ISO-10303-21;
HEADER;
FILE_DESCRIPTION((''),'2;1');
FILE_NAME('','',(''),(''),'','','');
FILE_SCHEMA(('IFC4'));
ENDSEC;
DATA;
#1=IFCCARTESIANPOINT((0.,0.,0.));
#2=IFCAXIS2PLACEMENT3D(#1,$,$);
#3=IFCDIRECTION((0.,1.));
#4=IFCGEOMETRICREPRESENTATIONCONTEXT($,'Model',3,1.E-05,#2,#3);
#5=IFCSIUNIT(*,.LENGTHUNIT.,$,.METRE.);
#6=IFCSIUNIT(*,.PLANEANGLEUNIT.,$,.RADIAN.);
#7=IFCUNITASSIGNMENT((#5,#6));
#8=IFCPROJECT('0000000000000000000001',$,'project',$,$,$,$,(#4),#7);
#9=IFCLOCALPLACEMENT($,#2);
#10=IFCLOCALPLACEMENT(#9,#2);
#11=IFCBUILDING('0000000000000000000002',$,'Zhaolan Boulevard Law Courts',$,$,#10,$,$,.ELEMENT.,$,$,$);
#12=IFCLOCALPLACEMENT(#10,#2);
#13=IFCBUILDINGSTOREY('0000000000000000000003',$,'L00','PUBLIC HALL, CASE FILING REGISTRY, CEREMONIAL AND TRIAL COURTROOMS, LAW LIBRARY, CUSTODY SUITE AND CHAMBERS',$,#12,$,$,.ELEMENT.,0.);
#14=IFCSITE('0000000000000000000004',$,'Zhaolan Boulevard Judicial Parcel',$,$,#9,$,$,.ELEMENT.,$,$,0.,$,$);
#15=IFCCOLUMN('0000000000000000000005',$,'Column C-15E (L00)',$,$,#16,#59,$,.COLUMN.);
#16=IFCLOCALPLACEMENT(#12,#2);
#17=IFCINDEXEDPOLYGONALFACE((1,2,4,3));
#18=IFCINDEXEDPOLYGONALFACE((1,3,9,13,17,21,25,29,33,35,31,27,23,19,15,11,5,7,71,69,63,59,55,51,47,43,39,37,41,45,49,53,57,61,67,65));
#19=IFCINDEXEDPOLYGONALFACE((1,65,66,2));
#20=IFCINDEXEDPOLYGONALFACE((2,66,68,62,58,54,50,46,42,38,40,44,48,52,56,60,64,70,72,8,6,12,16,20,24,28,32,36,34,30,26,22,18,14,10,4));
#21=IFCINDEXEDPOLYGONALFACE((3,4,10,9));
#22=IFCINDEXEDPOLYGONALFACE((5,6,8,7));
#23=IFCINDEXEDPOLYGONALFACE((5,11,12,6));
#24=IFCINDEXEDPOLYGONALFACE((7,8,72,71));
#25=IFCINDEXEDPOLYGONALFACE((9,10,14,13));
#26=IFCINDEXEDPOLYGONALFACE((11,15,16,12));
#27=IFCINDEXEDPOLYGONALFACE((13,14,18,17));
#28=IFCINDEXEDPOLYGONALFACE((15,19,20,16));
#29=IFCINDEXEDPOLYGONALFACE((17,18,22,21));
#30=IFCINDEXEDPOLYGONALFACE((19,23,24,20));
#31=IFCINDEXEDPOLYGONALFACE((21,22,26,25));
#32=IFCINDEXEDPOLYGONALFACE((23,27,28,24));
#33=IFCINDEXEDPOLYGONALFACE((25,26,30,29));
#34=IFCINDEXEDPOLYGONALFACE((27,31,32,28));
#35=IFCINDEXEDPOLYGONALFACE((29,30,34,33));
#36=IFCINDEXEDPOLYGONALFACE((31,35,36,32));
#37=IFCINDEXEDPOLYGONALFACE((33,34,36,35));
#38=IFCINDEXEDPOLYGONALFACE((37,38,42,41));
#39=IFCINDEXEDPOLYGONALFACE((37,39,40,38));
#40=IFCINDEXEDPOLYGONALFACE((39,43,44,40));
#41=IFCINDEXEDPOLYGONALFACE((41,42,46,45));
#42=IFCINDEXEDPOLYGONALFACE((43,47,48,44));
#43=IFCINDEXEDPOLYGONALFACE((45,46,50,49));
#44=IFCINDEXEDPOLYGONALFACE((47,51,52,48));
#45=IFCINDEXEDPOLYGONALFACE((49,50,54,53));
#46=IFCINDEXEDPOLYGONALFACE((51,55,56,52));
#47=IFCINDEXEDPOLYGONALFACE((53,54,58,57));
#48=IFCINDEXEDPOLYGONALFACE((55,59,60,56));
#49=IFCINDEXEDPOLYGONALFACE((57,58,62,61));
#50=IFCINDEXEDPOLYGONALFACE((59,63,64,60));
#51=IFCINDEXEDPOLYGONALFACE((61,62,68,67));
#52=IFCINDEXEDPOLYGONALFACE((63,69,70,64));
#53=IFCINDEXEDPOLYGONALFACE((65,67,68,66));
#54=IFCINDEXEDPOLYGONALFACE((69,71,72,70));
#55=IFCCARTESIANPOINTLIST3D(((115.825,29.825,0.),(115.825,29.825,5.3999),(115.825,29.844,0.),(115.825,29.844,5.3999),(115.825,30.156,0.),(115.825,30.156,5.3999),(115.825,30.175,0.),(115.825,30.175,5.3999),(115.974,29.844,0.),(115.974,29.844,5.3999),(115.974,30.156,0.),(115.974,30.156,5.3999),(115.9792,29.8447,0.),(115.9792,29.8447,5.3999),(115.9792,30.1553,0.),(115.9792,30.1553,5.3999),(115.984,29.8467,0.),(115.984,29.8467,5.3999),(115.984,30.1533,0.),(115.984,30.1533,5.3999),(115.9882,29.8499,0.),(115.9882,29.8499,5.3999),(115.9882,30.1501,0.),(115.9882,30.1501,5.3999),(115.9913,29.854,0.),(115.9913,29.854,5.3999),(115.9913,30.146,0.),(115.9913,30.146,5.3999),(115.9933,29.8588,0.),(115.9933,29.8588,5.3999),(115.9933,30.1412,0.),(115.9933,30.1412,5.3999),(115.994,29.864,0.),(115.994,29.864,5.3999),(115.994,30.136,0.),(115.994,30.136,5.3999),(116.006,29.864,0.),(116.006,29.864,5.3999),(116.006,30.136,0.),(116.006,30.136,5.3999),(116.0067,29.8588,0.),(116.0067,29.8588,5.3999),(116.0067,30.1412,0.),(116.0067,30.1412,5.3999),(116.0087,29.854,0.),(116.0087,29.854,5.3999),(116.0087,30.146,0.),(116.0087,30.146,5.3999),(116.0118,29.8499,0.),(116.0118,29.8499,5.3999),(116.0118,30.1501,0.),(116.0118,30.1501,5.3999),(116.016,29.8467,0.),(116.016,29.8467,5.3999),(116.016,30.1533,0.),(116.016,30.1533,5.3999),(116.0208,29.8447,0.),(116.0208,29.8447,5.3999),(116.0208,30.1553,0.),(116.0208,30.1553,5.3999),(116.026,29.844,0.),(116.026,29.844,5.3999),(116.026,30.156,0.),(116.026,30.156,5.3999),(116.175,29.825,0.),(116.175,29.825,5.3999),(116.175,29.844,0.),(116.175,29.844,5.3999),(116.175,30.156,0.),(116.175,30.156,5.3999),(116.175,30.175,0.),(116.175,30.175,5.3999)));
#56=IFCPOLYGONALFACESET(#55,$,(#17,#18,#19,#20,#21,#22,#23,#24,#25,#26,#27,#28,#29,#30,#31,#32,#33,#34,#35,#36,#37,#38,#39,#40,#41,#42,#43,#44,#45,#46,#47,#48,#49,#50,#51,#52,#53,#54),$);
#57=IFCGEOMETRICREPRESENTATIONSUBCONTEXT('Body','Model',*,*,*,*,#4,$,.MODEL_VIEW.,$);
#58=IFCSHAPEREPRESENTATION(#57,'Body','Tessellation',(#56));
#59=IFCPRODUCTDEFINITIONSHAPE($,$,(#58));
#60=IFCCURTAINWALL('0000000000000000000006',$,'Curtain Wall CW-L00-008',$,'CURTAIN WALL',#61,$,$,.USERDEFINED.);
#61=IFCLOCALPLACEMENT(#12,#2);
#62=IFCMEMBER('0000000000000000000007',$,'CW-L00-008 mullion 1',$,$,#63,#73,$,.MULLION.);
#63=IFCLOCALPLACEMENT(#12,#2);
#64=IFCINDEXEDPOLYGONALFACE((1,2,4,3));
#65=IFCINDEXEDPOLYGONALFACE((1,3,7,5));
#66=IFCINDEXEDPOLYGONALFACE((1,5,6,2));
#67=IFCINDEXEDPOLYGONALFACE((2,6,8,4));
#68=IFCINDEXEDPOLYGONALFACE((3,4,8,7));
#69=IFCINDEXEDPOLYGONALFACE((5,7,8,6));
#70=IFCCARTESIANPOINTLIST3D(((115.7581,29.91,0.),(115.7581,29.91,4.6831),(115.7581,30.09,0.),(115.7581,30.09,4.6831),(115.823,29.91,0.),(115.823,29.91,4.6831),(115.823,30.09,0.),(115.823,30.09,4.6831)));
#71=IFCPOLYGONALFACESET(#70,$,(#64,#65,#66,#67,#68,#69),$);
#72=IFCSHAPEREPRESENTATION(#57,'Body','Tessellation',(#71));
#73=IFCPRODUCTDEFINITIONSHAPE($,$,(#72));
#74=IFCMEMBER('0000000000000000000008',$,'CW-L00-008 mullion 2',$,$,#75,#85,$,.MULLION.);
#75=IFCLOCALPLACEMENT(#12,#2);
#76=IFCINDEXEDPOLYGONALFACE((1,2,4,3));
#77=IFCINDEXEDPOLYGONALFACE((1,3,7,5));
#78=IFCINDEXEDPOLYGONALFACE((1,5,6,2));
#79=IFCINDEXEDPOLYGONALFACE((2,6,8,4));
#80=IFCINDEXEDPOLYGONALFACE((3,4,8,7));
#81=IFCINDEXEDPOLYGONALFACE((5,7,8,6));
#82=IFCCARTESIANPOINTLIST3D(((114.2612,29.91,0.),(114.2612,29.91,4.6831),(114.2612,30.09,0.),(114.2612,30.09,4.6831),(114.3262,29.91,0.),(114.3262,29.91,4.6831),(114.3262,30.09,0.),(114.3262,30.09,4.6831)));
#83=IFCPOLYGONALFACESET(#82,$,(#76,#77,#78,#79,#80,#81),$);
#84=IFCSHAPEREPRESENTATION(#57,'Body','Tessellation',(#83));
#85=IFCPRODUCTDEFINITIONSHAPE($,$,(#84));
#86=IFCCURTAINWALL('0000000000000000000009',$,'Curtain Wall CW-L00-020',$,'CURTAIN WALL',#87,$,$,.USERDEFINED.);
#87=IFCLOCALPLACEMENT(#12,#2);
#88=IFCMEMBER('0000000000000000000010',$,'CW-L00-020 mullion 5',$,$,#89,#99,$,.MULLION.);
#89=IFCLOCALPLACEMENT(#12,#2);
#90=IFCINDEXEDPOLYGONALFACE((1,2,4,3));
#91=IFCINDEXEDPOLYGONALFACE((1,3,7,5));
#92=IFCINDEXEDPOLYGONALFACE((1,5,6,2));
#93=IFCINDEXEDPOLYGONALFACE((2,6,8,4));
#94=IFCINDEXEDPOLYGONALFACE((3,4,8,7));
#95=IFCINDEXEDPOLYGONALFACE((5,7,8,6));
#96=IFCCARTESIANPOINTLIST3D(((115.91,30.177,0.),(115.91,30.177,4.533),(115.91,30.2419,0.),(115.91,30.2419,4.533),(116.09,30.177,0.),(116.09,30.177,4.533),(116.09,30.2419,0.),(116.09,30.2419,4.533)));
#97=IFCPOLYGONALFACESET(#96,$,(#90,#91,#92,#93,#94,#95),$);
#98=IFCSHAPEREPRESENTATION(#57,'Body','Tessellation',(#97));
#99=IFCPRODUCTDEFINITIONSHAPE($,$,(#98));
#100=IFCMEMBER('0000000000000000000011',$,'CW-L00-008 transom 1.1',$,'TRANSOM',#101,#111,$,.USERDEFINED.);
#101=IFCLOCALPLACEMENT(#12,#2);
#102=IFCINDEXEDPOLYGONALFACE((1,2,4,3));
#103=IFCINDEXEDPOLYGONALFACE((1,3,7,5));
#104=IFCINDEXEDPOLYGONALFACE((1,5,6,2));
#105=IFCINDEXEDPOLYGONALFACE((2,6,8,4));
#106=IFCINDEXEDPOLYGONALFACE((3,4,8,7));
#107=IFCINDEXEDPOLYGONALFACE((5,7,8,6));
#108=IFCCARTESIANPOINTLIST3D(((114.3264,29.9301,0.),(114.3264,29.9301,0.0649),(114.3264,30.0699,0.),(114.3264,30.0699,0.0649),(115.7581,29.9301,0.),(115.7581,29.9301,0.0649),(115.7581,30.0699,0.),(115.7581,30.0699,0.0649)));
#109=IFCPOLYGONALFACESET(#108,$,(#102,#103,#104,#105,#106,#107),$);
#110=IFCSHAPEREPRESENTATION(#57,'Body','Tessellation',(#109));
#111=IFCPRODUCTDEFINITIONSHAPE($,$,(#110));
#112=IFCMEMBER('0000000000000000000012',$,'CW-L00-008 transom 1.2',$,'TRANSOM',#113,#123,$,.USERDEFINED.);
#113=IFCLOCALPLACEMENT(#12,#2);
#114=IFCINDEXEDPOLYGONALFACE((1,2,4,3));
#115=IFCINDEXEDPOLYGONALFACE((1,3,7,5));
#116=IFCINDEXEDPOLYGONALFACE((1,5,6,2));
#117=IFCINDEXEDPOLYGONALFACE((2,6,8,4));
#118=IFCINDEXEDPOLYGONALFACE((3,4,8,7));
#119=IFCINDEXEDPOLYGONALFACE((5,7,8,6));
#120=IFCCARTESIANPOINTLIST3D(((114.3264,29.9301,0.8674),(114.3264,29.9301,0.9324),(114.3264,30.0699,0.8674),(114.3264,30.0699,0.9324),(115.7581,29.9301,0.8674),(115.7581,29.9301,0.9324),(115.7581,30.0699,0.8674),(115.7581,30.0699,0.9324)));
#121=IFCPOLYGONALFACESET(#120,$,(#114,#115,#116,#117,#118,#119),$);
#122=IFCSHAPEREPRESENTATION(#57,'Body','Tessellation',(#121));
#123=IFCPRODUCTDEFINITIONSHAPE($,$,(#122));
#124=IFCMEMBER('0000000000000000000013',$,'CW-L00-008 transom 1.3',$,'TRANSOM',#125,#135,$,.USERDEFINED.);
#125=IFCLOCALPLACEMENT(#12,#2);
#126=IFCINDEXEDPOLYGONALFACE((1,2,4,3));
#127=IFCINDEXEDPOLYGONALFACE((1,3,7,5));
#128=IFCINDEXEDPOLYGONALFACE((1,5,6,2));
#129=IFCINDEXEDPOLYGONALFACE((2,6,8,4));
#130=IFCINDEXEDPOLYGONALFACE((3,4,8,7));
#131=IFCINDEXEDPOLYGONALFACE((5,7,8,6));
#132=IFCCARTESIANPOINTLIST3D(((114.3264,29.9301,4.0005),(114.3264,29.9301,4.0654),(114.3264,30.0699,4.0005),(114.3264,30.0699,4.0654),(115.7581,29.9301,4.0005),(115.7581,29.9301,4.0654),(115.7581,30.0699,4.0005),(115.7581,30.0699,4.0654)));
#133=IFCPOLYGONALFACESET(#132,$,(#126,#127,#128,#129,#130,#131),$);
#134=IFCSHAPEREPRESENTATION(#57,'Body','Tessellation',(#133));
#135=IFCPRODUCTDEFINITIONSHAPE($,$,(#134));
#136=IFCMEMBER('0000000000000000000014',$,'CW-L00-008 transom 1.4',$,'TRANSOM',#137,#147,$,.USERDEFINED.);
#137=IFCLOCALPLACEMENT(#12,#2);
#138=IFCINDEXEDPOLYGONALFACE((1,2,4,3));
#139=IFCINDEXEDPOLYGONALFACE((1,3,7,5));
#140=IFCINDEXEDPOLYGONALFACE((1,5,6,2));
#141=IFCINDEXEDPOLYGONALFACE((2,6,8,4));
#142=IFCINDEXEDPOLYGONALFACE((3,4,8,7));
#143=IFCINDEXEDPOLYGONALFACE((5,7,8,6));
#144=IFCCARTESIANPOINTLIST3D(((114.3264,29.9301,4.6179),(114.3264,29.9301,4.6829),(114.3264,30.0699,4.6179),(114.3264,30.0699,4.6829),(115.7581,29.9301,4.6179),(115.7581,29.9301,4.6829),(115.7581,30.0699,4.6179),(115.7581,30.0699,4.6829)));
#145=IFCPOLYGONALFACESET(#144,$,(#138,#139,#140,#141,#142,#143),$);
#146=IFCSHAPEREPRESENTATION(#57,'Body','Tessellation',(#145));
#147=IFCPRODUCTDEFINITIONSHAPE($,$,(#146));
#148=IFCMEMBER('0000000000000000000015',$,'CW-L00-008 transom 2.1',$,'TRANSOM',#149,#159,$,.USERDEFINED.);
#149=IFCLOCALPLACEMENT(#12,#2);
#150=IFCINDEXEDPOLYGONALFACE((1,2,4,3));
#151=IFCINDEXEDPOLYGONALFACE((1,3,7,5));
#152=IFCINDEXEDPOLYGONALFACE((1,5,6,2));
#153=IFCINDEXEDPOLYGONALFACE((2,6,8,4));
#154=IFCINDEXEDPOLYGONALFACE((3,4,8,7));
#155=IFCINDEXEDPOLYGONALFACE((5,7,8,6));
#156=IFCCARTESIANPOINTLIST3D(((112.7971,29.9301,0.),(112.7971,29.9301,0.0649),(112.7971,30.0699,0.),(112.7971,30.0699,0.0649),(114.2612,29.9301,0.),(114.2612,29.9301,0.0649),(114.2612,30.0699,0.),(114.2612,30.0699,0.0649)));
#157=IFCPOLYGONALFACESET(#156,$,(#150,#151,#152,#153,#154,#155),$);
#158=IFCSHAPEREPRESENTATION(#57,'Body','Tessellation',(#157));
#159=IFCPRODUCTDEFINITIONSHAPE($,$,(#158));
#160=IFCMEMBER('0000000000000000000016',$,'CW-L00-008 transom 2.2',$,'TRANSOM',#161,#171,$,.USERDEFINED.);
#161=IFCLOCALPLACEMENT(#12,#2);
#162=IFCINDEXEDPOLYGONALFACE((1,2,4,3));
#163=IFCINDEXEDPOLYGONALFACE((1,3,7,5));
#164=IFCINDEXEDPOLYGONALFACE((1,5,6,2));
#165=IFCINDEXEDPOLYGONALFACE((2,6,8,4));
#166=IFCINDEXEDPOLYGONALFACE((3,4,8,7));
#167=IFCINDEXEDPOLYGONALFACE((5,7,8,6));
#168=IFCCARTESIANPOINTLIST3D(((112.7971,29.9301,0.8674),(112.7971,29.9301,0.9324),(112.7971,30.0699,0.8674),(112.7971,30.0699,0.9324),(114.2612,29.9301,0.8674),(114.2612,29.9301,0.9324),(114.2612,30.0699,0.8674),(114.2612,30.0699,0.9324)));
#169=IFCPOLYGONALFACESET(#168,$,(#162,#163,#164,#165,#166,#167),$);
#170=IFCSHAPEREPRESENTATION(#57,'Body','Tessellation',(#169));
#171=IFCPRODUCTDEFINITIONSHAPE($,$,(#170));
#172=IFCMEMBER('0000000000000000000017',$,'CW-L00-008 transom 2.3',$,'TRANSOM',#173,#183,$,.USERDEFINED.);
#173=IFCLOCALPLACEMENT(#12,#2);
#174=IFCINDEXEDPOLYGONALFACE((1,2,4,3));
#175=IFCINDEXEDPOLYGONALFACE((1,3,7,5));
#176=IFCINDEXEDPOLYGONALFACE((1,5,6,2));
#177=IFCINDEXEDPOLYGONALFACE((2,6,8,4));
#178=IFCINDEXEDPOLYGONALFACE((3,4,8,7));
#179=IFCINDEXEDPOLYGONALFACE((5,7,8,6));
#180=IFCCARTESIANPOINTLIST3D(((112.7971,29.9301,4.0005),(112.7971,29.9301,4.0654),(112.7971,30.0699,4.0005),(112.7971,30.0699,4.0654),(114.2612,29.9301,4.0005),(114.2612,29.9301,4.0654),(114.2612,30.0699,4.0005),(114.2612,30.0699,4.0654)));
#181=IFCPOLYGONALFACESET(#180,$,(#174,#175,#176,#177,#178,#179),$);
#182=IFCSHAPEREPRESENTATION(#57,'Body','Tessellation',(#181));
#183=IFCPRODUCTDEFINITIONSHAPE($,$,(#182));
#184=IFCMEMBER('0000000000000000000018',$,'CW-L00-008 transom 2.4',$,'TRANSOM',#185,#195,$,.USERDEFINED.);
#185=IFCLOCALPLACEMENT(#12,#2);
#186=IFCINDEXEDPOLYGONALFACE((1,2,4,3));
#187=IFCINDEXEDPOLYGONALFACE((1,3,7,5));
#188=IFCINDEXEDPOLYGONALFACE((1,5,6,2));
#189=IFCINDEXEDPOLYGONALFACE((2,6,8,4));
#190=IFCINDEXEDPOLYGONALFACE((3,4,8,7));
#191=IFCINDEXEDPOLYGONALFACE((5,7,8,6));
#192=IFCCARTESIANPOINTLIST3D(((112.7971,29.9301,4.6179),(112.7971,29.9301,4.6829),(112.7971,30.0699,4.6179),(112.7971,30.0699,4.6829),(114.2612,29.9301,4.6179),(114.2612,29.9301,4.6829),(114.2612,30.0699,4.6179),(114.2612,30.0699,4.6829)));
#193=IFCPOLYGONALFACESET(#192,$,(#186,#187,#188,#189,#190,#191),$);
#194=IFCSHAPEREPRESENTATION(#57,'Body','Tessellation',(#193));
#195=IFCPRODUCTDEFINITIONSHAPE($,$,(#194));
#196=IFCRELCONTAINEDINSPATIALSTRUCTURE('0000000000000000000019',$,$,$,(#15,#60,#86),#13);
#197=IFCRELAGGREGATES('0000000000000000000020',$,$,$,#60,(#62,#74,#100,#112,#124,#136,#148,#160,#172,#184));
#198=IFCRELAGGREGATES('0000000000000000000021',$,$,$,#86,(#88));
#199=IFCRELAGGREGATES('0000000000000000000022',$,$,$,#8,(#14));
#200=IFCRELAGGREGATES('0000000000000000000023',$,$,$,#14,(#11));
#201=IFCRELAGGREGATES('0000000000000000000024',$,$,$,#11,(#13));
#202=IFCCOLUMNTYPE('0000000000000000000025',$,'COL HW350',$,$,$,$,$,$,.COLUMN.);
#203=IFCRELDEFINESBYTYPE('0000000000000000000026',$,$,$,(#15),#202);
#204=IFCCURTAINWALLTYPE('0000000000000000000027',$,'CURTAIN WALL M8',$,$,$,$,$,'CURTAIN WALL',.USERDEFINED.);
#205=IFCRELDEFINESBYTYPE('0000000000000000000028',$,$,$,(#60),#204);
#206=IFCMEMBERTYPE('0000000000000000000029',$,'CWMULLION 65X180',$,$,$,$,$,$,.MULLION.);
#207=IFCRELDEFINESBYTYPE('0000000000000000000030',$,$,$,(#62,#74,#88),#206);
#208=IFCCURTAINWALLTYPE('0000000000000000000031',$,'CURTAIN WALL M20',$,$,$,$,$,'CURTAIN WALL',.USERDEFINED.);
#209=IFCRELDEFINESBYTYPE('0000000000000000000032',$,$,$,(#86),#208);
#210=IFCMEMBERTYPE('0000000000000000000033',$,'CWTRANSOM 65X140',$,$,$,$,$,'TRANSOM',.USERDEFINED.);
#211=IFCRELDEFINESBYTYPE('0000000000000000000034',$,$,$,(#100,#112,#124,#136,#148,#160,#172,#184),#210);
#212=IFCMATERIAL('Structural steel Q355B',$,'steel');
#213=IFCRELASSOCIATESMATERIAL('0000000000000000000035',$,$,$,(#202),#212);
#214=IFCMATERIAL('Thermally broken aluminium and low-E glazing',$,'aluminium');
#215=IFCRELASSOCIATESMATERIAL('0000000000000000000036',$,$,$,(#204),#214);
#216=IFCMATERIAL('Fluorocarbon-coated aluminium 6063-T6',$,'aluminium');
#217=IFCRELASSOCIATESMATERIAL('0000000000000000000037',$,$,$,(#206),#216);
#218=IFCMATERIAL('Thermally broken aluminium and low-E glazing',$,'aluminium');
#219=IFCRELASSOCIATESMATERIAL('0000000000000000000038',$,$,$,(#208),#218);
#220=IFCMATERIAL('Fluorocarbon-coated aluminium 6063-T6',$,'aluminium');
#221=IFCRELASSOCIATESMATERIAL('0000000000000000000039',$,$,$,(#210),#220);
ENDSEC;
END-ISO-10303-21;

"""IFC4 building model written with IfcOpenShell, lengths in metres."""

from ifc_helpers import new_model, si_unit, direction, frame, origin, origin_2d, place, context, subcontext, project, spatial, rectangle, i_section, extrude, material, material_profile, profile_set, type_object, element, aggregate, save


model = new_model("IFC4")

# Units and contexts
model_context = context("Model", 3, precision=1e-05, world=origin(), true_north=direction((0.0, 1.0)))
body_context = subcontext(model_context, "Body", "Model", "MODEL_VIEW")
ifc_project = project(units=[si_unit("LENGTHUNIT", "METRE"), si_unit("PLANEANGLEUNIT", "RADIAN")], contexts=[model_context])

# Site, building, storey
site_placement = place(None, origin())
site = spatial("IfcSite", under=ifc_project, at=site_placement, Name="Zhaolan Boulevard Judicial Parcel", CompositionType="ELEMENT", RefElevation=0.0)
building_placement = place(site_placement, origin())
building = spatial("IfcBuilding", under=site, at=building_placement, Name="Zhaolan Boulevard Law Courts", CompositionType="ELEMENT")
storey_placement = place(building_placement, origin())
storey = spatial("IfcBuildingStorey", under=building, at=storey_placement, Name="L00", Description="PUBLIC HALL, CASE FILING REGISTRY, CEREMONIAL AND TRIAL COURTROOMS, LAW LIBRARY, CUSTODY SUITE AND CHAMBERS", CompositionType="ELEMENT", Elevation=0.0)

# Column
ifc_material_1 = material(Name="Structural steel Q355B", Category="steel")
ifc_material_profile_1 = material_profile(ifc_material_1, i_section(OverallWidth=0.3501, OverallDepth=0.3501, WebThickness=0.012, FlangeThickness=0.019, FilletRadius=0.02, at=origin_2d()), Name="HW350x350")
ifc_profile_set_1 = profile_set([ifc_material_profile_1], Name="Structural steel Q355B")
column_type = type_object("IfcColumnType", Name="COL HW350", PredefinedType="COLUMN", material=ifc_profile_set_1)
column_placement = place(storey_placement, frame((116.0, 30.0, 0.0), z_axis=(0.0, 0.0, 1.0), x_axis=(1.0, 0.0, 0.0)))
element("IfcColumn", 1, at=column_placement, inside=storey, type_object=column_type, Name="Column C-15E (L00)", PredefinedType="COLUMN", context=body_context, shape_type="SweptSolid", body=[
    extrude(i_section(OverallWidth=0.3501, OverallDepth=0.3501, WebThickness=0.012, FlangeThickness=0.019, FilletRadius=0.02, at=origin_2d()), origin(), (0.0, 0.0, 1.0), 5.3999),
])

# Curtain wall, members
ifc_material_2 = material(Name="Thermally broken aluminium and low-E glazing", Category="aluminium")
curtain_wall_type_1 = type_object("IfcCurtainWallType", Name="CURTAIN WALL M8", ElementType="CURTAIN WALL", PredefinedType="USERDEFINED", material=ifc_material_2)
curtain_wall_1_placement = place(storey_placement, origin())
curtain_wall_1 = element("IfcCurtainWall", 2, at=curtain_wall_1_placement, inside=storey, type_object=curtain_wall_type_1, Name="Curtain Wall CW-L00-008", ObjectType="CURTAIN WALL", PredefinedType="USERDEFINED")
ifc_material_3 = material(Name="Fluorocarbon-coated aluminium 6063-T6", Category="aluminium")
ifc_material_profile_2 = material_profile(ifc_material_3, rectangle(XDim=0.1799, YDim=0.0649, at=origin_2d()), Name="AL65x180")
ifc_profile_set_2 = profile_set([ifc_material_profile_2], Name="Fluorocarbon-coated aluminium 6063-T6")
member_type_1 = type_object("IfcMemberType", Name="CWMULLION 65X180", PredefinedType="MULLION", material=ifc_profile_set_2)
member_1_placement = place(storey_placement, frame((115.7905, 30.0, 0.0), z_axis=(0.0, 0.0, 1.0), x_axis=(0.0, -1.0, 0.0)))
member_1 = element("IfcMember", 3, at=member_1_placement, type_object=member_type_1, Name="CW-L00-008 mullion 1", PredefinedType="MULLION", context=body_context, shape_type="SweptSolid", body=[
    extrude(rectangle(XDim=0.1799, YDim=0.0649, at=origin_2d()), origin(), (0.0, 0.0, 1.0), 4.6831),
])
member_2_placement = place(storey_placement, frame((114.2937, 30.0, 0.0), z_axis=(0.0, 0.0, 1.0), x_axis=(0.0, -1.0, 0.0)))
member_2 = element("IfcMember", 4, at=member_2_placement, type_object=member_type_1, Name="CW-L00-008 mullion 2", PredefinedType="MULLION", context=body_context, shape_type="SweptSolid", body=[
    extrude(rectangle(XDim=0.1799, YDim=0.0649, at=origin_2d()), origin(), (0.0, 0.0, 1.0), 4.6831),
])

# Curtain wall, member
ifc_material_4 = material(Name="Thermally broken aluminium and low-E glazing", Category="aluminium")
curtain_wall_type_2 = type_object("IfcCurtainWallType", Name="CURTAIN WALL M20", ElementType="CURTAIN WALL", PredefinedType="USERDEFINED", material=ifc_material_4)
curtain_wall_2_placement = place(storey_placement, origin())
curtain_wall_2 = element("IfcCurtainWall", 5, at=curtain_wall_2_placement, inside=storey, type_object=curtain_wall_type_2, Name="Curtain Wall CW-L00-020", ObjectType="CURTAIN WALL", PredefinedType="USERDEFINED")
member_3_placement = place(storey_placement, frame((116.0, 30.2095, 0.0), z_axis=(0.0, 0.0, 1.0), x_axis=(1.0, 0.0, 0.0)))
member_3 = element("IfcMember", 6, at=member_3_placement, type_object=member_type_1, Name="CW-L00-020 mullion 5", PredefinedType="MULLION", context=body_context, shape_type="SweptSolid", body=[
    extrude(rectangle(XDim=0.1799, YDim=0.0649, at=origin_2d()), origin(), (0.0, 0.0, 1.0), 4.533),
])

# Members
ifc_material_5 = material(Name="Fluorocarbon-coated aluminium 6063-T6", Category="aluminium")
ifc_material_profile_3 = material_profile(ifc_material_5, rectangle(XDim=0.1399, YDim=0.0649, at=origin_2d()), Name="AL65x140")
ifc_profile_set_3 = profile_set([ifc_material_profile_3], Name="Fluorocarbon-coated aluminium 6063-T6")
member_type_2 = type_object("IfcMemberType", Name="CWTRANSOM 65X140", ElementType="TRANSOM", PredefinedType="USERDEFINED", material=ifc_profile_set_3)
member_4_placement = place(storey_placement, frame((115.7581, 30.0, 0.0325), z_axis=(-1.0, 0.0, 0.0), x_axis=(0.0, -1.0, 0.0)))
member_4 = element("IfcMember", 7, at=member_4_placement, type_object=member_type_2, Name="CW-L00-008 transom 1.1", ObjectType="TRANSOM", PredefinedType="USERDEFINED", context=body_context, shape_type="SweptSolid", body=[
    extrude(rectangle(XDim=0.1399, YDim=0.0649, at=origin_2d()), origin(), (0.0, 0.0, 1.0), 1.4316),
])
member_5_placement = place(storey_placement, frame((115.7581, 30.0, 0.8999), z_axis=(-1.0, 0.0, 0.0), x_axis=(0.0, -1.0, 0.0)))
member_5 = element("IfcMember", 8, at=member_5_placement, type_object=member_type_2, Name="CW-L00-008 transom 1.2", ObjectType="TRANSOM", PredefinedType="USERDEFINED", context=body_context, shape_type="SweptSolid", body=[
    extrude(rectangle(XDim=0.1399, YDim=0.0649, at=origin_2d()), origin(), (0.0, 0.0, 1.0), 1.4316),
])
member_6_placement = place(storey_placement, frame((115.7581, 30.0, 4.033), z_axis=(-1.0, 0.0, 0.0), x_axis=(0.0, -1.0, 0.0)))
member_6 = element("IfcMember", 9, at=member_6_placement, type_object=member_type_2, Name="CW-L00-008 transom 1.3", ObjectType="TRANSOM", PredefinedType="USERDEFINED", context=body_context, shape_type="SweptSolid", body=[
    extrude(rectangle(XDim=0.1399, YDim=0.0649, at=origin_2d()), origin(), (0.0, 0.0, 1.0), 1.4316),
])
member_7_placement = place(storey_placement, frame((115.7581, 30.0, 4.6504), z_axis=(-1.0, 0.0, 0.0), x_axis=(0.0, -1.0, 0.0)))
member_7 = element("IfcMember", 10, at=member_7_placement, type_object=member_type_2, Name="CW-L00-008 transom 1.4", ObjectType="TRANSOM", PredefinedType="USERDEFINED", context=body_context, shape_type="SweptSolid", body=[
    extrude(rectangle(XDim=0.1399, YDim=0.0649, at=origin_2d()), origin(), (0.0, 0.0, 1.0), 1.4316),
])
member_8_placement = place(storey_placement, frame((114.2612, 30.0, 0.0325), z_axis=(-1.0, 0.0, 0.0), x_axis=(0.0, -1.0, 0.0)))
member_8 = element("IfcMember", 11, at=member_8_placement, type_object=member_type_2, Name="CW-L00-008 transom 2.1", ObjectType="TRANSOM", PredefinedType="USERDEFINED", context=body_context, shape_type="SweptSolid", body=[
    extrude(rectangle(XDim=0.1399, YDim=0.0649, at=origin_2d()), origin(), (0.0, 0.0, 1.0), 1.4641),
])
member_9_placement = place(storey_placement, frame((114.2612, 30.0, 0.8999), z_axis=(-1.0, 0.0, 0.0), x_axis=(0.0, -1.0, 0.0)))
member_9 = element("IfcMember", 12, at=member_9_placement, type_object=member_type_2, Name="CW-L00-008 transom 2.2", ObjectType="TRANSOM", PredefinedType="USERDEFINED", context=body_context, shape_type="SweptSolid", body=[
    extrude(rectangle(XDim=0.1399, YDim=0.0649, at=origin_2d()), origin(), (0.0, 0.0, 1.0), 1.4641),
])
member_10_placement = place(storey_placement, frame((114.2612, 30.0, 4.033), z_axis=(-1.0, 0.0, 0.0), x_axis=(0.0, -1.0, 0.0)))
member_10 = element("IfcMember", 13, at=member_10_placement, type_object=member_type_2, Name="CW-L00-008 transom 2.3", ObjectType="TRANSOM", PredefinedType="USERDEFINED", context=body_context, shape_type="SweptSolid", body=[
    extrude(rectangle(XDim=0.1399, YDim=0.0649, at=origin_2d()), origin(), (0.0, 0.0, 1.0), 1.4641),
])
member_11_placement = place(storey_placement, frame((114.2612, 30.0, 4.6504), z_axis=(-1.0, 0.0, 0.0), x_axis=(0.0, -1.0, 0.0)))
member_11 = element("IfcMember", 14, at=member_11_placement, type_object=member_type_2, Name="CW-L00-008 transom 2.4", ObjectType="TRANSOM", PredefinedType="USERDEFINED", context=body_context, shape_type="SweptSolid", body=[
    extrude(rectangle(XDim=0.1399, YDim=0.0649, at=origin_2d()), origin(), (0.0, 0.0, 1.0), 1.4641),
])

aggregate(curtain_wall_1, [member_1, member_2, member_4, member_5, member_6, member_7, member_8, member_9, member_10, member_11])
aggregate(curtain_wall_2, [member_3])

save(model, "model.ifc")
